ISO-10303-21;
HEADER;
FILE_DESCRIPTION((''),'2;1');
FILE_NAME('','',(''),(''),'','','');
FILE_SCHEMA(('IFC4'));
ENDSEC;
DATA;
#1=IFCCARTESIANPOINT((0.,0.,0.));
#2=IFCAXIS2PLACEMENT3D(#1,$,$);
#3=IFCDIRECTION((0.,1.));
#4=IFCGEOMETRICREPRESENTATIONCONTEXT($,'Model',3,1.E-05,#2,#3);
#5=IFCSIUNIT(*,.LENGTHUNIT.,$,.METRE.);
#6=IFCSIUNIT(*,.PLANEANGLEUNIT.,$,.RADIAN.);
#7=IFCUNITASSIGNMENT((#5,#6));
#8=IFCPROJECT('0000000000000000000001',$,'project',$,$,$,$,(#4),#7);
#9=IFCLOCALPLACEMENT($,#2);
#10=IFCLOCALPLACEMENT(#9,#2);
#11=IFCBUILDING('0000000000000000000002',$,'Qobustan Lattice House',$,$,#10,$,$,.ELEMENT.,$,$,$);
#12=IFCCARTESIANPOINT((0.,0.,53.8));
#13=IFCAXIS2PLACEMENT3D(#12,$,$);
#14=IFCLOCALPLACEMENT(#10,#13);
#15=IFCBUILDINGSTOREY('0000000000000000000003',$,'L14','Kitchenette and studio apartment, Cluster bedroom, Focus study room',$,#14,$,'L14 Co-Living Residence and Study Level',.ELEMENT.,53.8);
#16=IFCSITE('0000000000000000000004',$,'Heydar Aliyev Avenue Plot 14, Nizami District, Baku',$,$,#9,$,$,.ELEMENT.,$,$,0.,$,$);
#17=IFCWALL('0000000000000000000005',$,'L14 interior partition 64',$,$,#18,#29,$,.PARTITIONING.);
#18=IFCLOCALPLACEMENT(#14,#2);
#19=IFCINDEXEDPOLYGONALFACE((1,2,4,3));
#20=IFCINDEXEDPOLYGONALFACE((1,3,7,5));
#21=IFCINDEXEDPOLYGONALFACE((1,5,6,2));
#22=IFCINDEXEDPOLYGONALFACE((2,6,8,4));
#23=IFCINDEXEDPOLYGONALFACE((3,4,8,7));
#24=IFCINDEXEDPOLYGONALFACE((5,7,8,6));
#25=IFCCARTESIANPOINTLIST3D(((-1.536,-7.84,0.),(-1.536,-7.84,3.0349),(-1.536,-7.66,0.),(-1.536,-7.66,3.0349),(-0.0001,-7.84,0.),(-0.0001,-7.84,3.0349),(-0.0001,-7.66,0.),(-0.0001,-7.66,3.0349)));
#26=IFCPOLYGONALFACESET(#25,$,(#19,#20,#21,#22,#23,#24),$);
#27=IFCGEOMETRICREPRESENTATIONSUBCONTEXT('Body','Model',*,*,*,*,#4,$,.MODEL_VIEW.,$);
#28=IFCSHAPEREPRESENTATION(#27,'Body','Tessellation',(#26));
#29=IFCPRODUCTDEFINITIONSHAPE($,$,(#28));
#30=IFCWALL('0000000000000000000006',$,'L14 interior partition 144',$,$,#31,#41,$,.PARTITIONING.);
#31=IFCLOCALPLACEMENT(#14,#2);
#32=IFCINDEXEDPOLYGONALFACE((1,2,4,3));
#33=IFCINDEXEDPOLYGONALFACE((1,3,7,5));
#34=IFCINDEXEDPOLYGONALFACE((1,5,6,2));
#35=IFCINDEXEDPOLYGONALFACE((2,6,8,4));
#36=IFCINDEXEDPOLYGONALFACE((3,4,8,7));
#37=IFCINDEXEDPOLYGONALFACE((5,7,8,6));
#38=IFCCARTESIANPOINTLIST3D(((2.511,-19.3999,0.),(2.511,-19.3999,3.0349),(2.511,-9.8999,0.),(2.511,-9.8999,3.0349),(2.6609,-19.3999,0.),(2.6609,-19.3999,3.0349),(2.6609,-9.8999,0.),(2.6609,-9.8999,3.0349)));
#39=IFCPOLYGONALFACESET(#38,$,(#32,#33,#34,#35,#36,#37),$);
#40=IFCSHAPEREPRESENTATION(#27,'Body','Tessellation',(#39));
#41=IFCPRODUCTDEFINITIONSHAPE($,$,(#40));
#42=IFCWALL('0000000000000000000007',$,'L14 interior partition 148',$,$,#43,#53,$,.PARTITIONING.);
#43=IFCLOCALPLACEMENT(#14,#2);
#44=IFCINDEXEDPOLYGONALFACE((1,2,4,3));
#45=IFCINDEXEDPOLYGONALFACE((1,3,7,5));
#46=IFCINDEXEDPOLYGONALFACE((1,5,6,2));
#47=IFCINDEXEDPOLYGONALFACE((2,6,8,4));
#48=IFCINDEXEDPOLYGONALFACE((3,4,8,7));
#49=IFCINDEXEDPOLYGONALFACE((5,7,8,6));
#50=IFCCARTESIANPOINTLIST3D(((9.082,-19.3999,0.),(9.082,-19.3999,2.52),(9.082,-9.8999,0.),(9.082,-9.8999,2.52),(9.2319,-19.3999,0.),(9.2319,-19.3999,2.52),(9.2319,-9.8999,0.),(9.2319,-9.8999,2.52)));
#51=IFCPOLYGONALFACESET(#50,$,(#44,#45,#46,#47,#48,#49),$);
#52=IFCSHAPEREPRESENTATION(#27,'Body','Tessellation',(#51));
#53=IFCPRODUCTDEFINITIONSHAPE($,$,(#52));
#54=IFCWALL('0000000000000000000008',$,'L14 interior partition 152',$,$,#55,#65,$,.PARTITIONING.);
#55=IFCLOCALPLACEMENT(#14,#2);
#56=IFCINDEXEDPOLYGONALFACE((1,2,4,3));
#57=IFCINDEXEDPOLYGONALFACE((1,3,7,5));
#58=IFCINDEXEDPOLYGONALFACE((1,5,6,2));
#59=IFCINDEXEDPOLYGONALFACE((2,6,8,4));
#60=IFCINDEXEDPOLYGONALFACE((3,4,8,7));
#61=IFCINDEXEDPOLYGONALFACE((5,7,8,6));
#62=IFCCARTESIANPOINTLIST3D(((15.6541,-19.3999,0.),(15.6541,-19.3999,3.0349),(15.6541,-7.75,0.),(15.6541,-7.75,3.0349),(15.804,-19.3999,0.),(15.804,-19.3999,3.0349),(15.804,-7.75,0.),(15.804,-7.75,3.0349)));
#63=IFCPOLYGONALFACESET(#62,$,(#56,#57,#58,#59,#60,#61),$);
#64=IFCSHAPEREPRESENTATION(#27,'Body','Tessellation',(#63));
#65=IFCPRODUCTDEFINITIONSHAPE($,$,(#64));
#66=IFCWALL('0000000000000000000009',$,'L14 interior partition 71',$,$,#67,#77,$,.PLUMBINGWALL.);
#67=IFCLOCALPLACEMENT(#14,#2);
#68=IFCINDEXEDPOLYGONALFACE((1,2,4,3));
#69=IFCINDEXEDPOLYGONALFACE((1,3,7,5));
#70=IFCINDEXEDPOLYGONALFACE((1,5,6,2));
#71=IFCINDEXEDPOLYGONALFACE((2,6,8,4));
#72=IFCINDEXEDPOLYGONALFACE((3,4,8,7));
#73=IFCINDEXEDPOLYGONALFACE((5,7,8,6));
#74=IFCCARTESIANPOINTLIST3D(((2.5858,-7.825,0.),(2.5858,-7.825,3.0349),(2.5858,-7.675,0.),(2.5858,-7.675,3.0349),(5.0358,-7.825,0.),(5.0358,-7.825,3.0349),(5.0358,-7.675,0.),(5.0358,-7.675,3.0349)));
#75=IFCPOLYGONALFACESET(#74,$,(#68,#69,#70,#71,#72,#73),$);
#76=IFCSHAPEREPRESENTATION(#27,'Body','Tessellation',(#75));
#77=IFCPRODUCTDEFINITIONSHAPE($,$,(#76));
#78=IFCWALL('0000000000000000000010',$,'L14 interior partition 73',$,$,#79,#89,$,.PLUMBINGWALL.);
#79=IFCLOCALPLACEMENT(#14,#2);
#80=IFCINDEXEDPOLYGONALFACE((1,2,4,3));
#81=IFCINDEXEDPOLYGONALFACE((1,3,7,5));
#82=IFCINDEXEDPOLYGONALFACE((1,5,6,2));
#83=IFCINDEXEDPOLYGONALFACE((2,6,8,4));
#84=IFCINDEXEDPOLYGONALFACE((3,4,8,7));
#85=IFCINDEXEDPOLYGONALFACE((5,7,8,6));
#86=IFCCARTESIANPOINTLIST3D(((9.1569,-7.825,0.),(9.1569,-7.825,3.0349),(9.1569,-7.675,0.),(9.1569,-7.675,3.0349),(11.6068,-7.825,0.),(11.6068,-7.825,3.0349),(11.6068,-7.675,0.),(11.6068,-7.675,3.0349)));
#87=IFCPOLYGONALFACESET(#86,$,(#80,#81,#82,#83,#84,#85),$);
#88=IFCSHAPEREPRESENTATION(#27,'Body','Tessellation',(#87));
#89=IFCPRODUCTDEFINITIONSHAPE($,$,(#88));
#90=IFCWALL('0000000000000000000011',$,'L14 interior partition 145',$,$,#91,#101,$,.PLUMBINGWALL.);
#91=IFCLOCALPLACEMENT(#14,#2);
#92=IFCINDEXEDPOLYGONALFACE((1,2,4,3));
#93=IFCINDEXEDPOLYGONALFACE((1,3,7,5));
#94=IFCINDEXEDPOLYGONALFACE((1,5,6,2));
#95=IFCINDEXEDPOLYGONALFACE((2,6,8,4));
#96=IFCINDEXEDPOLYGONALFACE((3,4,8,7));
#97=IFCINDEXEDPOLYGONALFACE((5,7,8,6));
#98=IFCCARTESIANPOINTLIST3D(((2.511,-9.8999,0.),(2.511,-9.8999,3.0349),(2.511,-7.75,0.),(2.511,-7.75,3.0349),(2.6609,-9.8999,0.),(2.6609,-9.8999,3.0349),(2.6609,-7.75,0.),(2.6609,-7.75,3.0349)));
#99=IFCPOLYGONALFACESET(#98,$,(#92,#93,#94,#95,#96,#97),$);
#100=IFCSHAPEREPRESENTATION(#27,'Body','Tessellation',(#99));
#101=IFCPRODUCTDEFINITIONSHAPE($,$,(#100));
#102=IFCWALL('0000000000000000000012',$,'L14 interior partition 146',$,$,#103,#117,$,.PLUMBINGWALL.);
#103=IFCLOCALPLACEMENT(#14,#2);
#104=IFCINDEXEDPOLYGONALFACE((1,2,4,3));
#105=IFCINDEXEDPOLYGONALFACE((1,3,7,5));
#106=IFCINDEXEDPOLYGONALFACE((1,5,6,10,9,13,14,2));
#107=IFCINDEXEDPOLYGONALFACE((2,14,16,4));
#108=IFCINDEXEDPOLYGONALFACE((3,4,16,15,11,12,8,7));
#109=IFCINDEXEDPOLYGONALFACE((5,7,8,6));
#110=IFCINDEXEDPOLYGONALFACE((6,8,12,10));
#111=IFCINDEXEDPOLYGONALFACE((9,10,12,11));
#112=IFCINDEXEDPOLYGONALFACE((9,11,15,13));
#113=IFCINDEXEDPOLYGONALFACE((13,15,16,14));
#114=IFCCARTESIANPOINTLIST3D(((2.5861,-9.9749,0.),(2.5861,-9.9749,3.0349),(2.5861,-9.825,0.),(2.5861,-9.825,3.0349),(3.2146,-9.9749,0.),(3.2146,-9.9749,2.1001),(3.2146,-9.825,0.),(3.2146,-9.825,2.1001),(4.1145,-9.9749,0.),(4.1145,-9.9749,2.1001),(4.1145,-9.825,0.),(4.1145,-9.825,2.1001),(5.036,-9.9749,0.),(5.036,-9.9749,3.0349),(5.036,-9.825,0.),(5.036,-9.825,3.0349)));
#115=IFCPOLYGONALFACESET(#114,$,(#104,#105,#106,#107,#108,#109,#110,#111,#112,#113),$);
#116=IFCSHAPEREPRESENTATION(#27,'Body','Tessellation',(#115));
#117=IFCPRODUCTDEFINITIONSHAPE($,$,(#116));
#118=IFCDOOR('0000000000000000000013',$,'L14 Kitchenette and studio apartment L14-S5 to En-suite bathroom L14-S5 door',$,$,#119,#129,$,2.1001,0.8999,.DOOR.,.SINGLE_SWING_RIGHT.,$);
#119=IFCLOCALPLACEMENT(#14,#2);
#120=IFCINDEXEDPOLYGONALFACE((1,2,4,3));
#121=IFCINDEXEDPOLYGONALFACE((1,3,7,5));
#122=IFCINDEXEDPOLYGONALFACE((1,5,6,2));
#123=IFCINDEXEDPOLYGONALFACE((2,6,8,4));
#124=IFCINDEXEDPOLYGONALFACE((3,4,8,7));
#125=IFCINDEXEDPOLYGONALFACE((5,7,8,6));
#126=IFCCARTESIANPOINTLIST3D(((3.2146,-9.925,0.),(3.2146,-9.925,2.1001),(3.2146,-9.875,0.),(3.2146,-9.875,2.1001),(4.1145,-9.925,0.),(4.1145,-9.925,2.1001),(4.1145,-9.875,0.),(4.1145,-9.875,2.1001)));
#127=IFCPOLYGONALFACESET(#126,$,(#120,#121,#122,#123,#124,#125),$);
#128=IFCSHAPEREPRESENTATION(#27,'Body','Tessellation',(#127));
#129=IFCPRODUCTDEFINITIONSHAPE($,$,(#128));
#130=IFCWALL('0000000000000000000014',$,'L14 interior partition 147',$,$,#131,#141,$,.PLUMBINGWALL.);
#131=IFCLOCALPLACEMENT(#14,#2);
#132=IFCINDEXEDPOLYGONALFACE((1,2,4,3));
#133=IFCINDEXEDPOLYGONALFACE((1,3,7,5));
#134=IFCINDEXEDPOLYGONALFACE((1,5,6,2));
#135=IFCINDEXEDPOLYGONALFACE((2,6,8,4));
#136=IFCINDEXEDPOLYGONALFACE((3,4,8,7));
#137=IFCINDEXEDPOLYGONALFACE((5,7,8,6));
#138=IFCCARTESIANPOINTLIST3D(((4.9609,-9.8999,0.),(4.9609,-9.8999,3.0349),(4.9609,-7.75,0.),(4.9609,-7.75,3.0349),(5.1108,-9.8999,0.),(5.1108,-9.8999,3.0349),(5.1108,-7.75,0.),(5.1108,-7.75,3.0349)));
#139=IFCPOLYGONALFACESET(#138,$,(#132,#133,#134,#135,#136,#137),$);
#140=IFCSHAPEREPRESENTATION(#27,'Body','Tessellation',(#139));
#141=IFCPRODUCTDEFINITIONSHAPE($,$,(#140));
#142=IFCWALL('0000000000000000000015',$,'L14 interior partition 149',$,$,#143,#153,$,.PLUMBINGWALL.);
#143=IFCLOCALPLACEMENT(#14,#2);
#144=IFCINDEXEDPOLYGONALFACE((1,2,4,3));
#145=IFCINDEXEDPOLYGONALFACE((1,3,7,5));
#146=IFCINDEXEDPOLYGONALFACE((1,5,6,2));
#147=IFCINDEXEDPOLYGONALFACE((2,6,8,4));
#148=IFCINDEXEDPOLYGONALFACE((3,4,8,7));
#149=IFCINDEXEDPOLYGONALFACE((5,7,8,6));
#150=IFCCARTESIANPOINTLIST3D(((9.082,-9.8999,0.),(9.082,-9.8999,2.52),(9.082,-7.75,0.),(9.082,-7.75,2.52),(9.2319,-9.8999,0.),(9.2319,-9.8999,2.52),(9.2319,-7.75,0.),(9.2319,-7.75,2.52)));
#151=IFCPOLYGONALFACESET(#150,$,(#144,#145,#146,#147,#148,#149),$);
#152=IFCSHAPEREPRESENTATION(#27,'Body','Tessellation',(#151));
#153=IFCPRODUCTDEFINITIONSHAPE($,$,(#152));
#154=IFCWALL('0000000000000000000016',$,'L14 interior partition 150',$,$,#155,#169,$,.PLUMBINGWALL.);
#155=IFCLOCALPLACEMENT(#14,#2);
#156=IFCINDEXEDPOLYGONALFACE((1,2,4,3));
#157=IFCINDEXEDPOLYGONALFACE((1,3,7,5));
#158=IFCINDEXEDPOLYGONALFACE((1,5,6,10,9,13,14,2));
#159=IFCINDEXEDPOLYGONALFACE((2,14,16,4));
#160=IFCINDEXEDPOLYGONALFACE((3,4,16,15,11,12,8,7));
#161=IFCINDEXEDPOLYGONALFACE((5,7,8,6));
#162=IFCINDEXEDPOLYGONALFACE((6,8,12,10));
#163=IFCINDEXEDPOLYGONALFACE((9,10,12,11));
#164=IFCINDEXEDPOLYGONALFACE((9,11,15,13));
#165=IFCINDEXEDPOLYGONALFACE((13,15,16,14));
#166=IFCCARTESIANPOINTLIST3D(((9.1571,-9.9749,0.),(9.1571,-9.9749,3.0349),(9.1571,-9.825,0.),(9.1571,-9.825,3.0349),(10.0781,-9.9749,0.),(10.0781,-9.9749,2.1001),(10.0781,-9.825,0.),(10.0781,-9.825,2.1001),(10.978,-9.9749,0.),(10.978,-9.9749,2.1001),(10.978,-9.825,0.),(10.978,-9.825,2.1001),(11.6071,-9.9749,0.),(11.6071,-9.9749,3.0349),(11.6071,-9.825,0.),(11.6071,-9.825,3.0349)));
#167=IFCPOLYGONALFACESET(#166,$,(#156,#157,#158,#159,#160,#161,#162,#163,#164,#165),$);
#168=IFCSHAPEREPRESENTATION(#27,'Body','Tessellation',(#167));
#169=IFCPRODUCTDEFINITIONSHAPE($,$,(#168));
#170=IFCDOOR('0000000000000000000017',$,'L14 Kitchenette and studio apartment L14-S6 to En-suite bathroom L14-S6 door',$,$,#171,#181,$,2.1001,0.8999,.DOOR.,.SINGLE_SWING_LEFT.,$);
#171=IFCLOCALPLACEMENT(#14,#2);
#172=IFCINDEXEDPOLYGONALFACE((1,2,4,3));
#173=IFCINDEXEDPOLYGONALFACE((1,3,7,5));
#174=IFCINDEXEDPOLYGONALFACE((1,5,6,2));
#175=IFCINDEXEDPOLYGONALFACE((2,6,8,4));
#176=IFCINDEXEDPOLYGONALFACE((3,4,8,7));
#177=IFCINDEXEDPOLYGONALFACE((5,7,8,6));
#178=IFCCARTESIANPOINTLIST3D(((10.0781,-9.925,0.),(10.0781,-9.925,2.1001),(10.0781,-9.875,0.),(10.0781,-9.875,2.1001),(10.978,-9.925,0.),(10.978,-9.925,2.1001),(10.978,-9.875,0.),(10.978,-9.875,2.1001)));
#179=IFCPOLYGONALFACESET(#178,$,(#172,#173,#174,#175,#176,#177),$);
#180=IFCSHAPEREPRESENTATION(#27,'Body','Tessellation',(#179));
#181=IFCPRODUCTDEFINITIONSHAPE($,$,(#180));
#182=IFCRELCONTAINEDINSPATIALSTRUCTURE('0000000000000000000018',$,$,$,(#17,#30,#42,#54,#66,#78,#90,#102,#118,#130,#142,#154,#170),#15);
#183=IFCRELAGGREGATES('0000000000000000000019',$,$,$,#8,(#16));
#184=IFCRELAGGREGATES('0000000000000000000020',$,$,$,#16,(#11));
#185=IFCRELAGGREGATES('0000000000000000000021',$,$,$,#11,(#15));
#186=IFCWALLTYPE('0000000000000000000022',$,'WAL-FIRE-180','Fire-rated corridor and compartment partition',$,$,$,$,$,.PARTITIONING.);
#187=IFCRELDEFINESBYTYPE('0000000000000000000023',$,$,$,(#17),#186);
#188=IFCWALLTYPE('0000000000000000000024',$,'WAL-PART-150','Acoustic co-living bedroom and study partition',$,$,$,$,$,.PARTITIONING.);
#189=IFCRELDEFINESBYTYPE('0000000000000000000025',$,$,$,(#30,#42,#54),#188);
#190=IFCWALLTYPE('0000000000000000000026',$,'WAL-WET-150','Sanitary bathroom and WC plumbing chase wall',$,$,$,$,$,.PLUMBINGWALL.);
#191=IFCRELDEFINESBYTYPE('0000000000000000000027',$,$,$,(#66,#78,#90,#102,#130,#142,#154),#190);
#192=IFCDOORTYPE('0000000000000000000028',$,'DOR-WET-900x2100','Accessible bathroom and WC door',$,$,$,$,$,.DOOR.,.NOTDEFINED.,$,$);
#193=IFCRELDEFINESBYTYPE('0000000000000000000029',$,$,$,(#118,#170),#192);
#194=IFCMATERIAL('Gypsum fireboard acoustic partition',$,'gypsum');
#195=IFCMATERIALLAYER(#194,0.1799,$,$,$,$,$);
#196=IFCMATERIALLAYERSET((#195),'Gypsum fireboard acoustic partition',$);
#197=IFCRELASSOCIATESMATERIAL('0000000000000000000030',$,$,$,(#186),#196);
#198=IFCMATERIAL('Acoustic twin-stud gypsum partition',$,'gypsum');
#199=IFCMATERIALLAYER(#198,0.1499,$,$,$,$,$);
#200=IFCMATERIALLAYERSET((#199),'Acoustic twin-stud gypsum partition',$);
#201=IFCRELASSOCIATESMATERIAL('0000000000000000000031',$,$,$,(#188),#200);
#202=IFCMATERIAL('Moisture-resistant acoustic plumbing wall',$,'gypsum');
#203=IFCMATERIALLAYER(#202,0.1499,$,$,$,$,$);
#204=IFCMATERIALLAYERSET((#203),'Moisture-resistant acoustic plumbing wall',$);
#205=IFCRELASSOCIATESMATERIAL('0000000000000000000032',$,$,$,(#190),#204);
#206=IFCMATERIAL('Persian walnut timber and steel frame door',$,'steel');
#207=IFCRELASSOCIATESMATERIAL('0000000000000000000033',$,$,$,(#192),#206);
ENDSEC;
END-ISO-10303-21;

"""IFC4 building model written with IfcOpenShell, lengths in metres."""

from ifc_helpers import new_model, si_unit, direction, frame, frame_2d, origin, place, context, subcontext, project, spatial, rectangle, extrude, material, layer, layer_set, type_object, element, fill, save


model = new_model("IFC4")

# Units and contexts
model_context = context("Model", 3, precision=1e-05, world=origin(), true_north=direction((0.0, 1.0)))
body_context = subcontext(model_context, "Body", "Model", "MODEL_VIEW")
ifc_project = project(units=[si_unit("LENGTHUNIT", "METRE"), si_unit("PLANEANGLEUNIT", "RADIAN")], contexts=[model_context])

# Site, building, storey
site_placement = place(None, origin())
site = spatial("IfcSite", under=ifc_project, at=site_placement, Name="Heydar Aliyev Avenue Plot 14, Nizami District, Baku", CompositionType="ELEMENT", RefElevation=0.0)
building_placement = place(site_placement, origin())
building = spatial("IfcBuilding", under=site, at=building_placement, Name="Qobustan Lattice House", CompositionType="ELEMENT")
storey_placement = place(building_placement, frame((0.0, 0.0, 53.8)))
storey = spatial("IfcBuildingStorey", under=building, at=storey_placement, Name="L14", Description="Kitchenette and studio apartment, Cluster bedroom, Focus study room", LongName="L14 Co-Living Residence and Study Level", CompositionType="ELEMENT", Elevation=53.8)

# Wall
ifc_material_1 = material(Name="Gypsum fireboard acoustic partition", Category="gypsum")
ifc_layer_1 = layer(ifc_material_1, 0.1799)
ifc_layer_set_1 = layer_set([ifc_layer_1], Name="Gypsum fireboard acoustic partition")
wall_type_1 = type_object("IfcWallType", Name="WAL-FIRE-180", Description="Fire-rated corridor and compartment partition", PredefinedType="PARTITIONING", material=ifc_layer_set_1)
wall_1_placement = place(storey_placement, frame((0.0, -7.75, 0.0), z_axis=(0.0, 0.0, 1.0), x_axis=(-1.0, 0.0, 0.0)))
element("IfcWall", 1, at=wall_1_placement, inside=storey, type_object=wall_type_1, Name="L14 interior partition 64", PredefinedType="PARTITIONING", context=body_context, shape_type="SweptSolid", body=[
    extrude(rectangle(XDim=1.5359, YDim=0.1799, at=frame_2d((0.7681, 0.0))), origin(), (0.0, 0.0, 1.0), 3.0349),
])

# Walls
ifc_material_2 = material(Name="Acoustic twin-stud gypsum partition", Category="gypsum")
ifc_layer_2 = layer(ifc_material_2, 0.1499)
ifc_layer_set_2 = layer_set([ifc_layer_2], Name="Acoustic twin-stud gypsum partition")
wall_type_2 = type_object("IfcWallType", Name="WAL-PART-150", Description="Acoustic co-living bedroom and study partition", PredefinedType="PARTITIONING", material=ifc_layer_set_2)
wall_2_placement = place(storey_placement, frame((2.5859, -9.8999, 0.0), z_axis=(0.0, 0.0, 1.0), x_axis=(0.0, -1.0, 0.0)))
element("IfcWall", 2, at=wall_2_placement, inside=storey, type_object=wall_type_2, Name="L14 interior partition 144", PredefinedType="PARTITIONING", context=body_context, shape_type="SweptSolid", body=[
    extrude(rectangle(XDim=9.5, YDim=0.1499, at=frame_2d((4.75, 0.0))), origin(), (0.0, 0.0, 1.0), 3.0349),
])
wall_3_placement = place(storey_placement, frame((9.157, -9.8999, 0.0), z_axis=(0.0, 0.0, 1.0), x_axis=(0.0, -1.0, 0.0)))
element("IfcWall", 3, at=wall_3_placement, inside=storey, type_object=wall_type_2, Name="L14 interior partition 148", PredefinedType="PARTITIONING", context=body_context, shape_type="SweptSolid", body=[
    extrude(rectangle(XDim=9.5, YDim=0.1499, at=frame_2d((4.75, 0.0))), origin(), (0.0, 0.0, 1.0), 2.52),
])
wall_4_placement = place(storey_placement, frame((15.729, -7.75, 0.0), z_axis=(0.0, 0.0, 1.0), x_axis=(0.0, -1.0, 0.0)))
element("IfcWall", 4, at=wall_4_placement, inside=storey, type_object=wall_type_2, Name="L14 interior partition 152", PredefinedType="PARTITIONING", context=body_context, shape_type="SweptSolid", body=[
    extrude(rectangle(XDim=11.6499, YDim=0.1499, at=frame_2d((5.825, 0.0))), origin(), (0.0, 0.0, 1.0), 3.0349),
])
ifc_material_3 = material(Name="Moisture-resistant acoustic plumbing wall", Category="gypsum")
ifc_layer_3 = layer(ifc_material_3, 0.1499)
ifc_layer_set_3 = layer_set([ifc_layer_3], Name="Moisture-resistant acoustic plumbing wall")
wall_type_3 = type_object("IfcWallType", Name="WAL-WET-150", Description="Sanitary bathroom and WC plumbing chase wall", PredefinedType="PLUMBINGWALL", material=ifc_layer_set_3)
for number, where, z_axis, x_axis, name in (
    (5, (5.0359, -7.75, 0.0), (0.0, 0.0, 1.0), (-1.0, 0.0, 0.0), "L14 interior partition 71"),
    (6, (11.6069, -7.75, 0.0), (0.0, 0.0, 1.0), (-1.0, 0.0, 0.0), "L14 interior partition 73"),
):
    element("IfcWall", number, at=place(storey_placement, frame(where, z_axis=z_axis, x_axis=x_axis)), inside=storey, type_object=wall_type_3, Name=name, PredefinedType="PLUMBINGWALL", context=body_context, shape_type="SweptSolid", body=[
        extrude(rectangle(XDim=2.45, YDim=0.1499, at=frame_2d((1.2251, 0.0))), origin(), (0.0, 0.0, 1.0), 3.0349),
    ])
wall_5_placement = place(storey_placement, frame((2.5859, -7.75, 0.0), z_axis=(0.0, 0.0, 1.0), x_axis=(0.0, -1.0, 0.0)))
element("IfcWall", 7, at=wall_5_placement, inside=storey, type_object=wall_type_3, Name="L14 interior partition 145", PredefinedType="PLUMBINGWALL", context=body_context, shape_type="SweptSolid", body=[
    extrude(rectangle(XDim=2.1499, YDim=0.1499, at=frame_2d((1.075, 0.0))), origin(), (0.0, 0.0, 1.0), 3.0349),
])

# Wall, opening, door
wall_6_placement = place(storey_placement, frame((2.5859, -9.8999, 0.0), z_axis=(0.0, 0.0, 1.0), x_axis=(1.0, 0.0, 0.0)))
wall_6 = element("IfcWall", 8, at=wall_6_placement, inside=storey, type_object=wall_type_3, Name="L14 interior partition 146", PredefinedType="PLUMBINGWALL", context=body_context, shape_type="SweptSolid", body=[
    extrude(rectangle(XDim=2.45, YDim=0.1499, at=frame_2d((1.2251, 0.0))), origin(), (0.0, 0.0, 1.0), 3.0349),
])
opening_1_placement = place(wall_6_placement, frame((0.6287, 0.0, 0.0)))
opening_1 = element("IfcOpeningElement", 9, at=opening_1_placement, cuts=wall_6, PredefinedType="OPENING", context=body_context, shape_type="SweptSolid", body=[
    extrude(rectangle(XDim=0.8999, YDim=2.1001, at=frame_2d((0.45, 1.05))), frame((0.0, 0.085, 0.0), z_axis=(0.0, -1.0, 0.0), x_axis=(1.0, 0.0, 0.0)), (0.0, 0.0, 1.0), 0.1699),
])
ifc_material_4 = material(Name="Persian walnut timber and steel frame door", Category="steel")
door_type_1 = type_object("IfcDoorType", Name="DOR-WET-900x2100", Description="Accessible bathroom and WC door", OperationType="NOTDEFINED", PredefinedType="DOOR", material=ifc_material_4)
door_1_placement = place(opening_1_placement, origin())
door_1 = element("IfcDoor", 10, at=door_1_placement, inside=storey, type_object=door_type_1, Name="L14 Kitchenette and studio apartment L14-S5 to En-suite bathroom L14-S5 door", OperationType="SINGLE_SWING_RIGHT", OverallHeight=2.1001, OverallWidth=0.8999, PredefinedType="DOOR", context=body_context, shape_type="SweptSolid", body=[
    extrude(rectangle(XDim=0.8999, YDim=2.1001, at=frame_2d((0.45, 1.05))), frame((0.0, 0.0249, 0.0), z_axis=(0.0, -1.0, 0.0), x_axis=(1.0, 0.0, 0.0)), (0.0, 0.0, 1.0), 0.05),
])
fill(opening_1, door_1)

# Walls
wall_7_placement = place(storey_placement, frame((5.0359, -9.8999, 0.0), z_axis=(0.0, 0.0, 1.0), x_axis=(0.0, 1.0, 0.0)))
element("IfcWall", 11, at=wall_7_placement, inside=storey, type_object=wall_type_3, Name="L14 interior partition 147", PredefinedType="PLUMBINGWALL", context=body_context, shape_type="SweptSolid", body=[
    extrude(rectangle(XDim=2.1499, YDim=0.1499, at=frame_2d((1.075, 0.0))), origin(), (0.0, 0.0, 1.0), 3.0349),
])
wall_8_placement = place(storey_placement, frame((9.157, -7.75, 0.0), z_axis=(0.0, 0.0, 1.0), x_axis=(0.0, -1.0, 0.0)))
element("IfcWall", 12, at=wall_8_placement, inside=storey, type_object=wall_type_3, Name="L14 interior partition 149", PredefinedType="PLUMBINGWALL", context=body_context, shape_type="SweptSolid", body=[
    extrude(rectangle(XDim=2.1499, YDim=0.1499, at=frame_2d((1.075, 0.0))), origin(), (0.0, 0.0, 1.0), 2.52),
])

# Wall, opening, door
wall_9_placement = place(storey_placement, frame((9.157, -9.8999, 0.0), z_axis=(0.0, 0.0, 1.0), x_axis=(1.0, 0.0, 0.0)))
wall_9 = element("IfcWall", 13, at=wall_9_placement, inside=storey, type_object=wall_type_3, Name="L14 interior partition 150", PredefinedType="PLUMBINGWALL", context=body_context, shape_type="SweptSolid", body=[
    extrude(rectangle(XDim=2.45, YDim=0.1499, at=frame_2d((1.2251, 0.0))), origin(), (0.0, 0.0, 1.0), 3.0349),
])
opening_2_placement = place(wall_9_placement, frame((0.9211, 0.0, 0.0)))
opening_2 = element("IfcOpeningElement", 14, at=opening_2_placement, cuts=wall_9, PredefinedType="OPENING", context=body_context, shape_type="SweptSolid", body=[
    extrude(rectangle(XDim=0.8999, YDim=2.1001, at=frame_2d((0.45, 1.05))), frame((0.0, 0.085, 0.0), z_axis=(0.0, -1.0, 0.0), x_axis=(1.0, 0.0, 0.0)), (0.0, 0.0, 1.0), 0.1699),
])
door_2_placement = place(opening_2_placement, origin())
door_2 = element("IfcDoor", 15, at=door_2_placement, inside=storey, type_object=door_type_1, Name="L14 Kitchenette and studio apartment L14-S6 to En-suite bathroom L14-S6 door", OperationType="SINGLE_SWING_LEFT", OverallHeight=2.1001, OverallWidth=0.8999, PredefinedType="DOOR", context=body_context, shape_type="SweptSolid", body=[
    extrude(rectangle(XDim=0.8999, YDim=2.1001, at=frame_2d((0.45, 1.05))), frame((0.0, 0.0249, 0.0), z_axis=(0.0, -1.0, 0.0), x_axis=(1.0, 0.0, 0.0)), (0.0, 0.0, 1.0), 0.05),
])
fill(opening_2, door_2)

save(model, "model.ifc")
